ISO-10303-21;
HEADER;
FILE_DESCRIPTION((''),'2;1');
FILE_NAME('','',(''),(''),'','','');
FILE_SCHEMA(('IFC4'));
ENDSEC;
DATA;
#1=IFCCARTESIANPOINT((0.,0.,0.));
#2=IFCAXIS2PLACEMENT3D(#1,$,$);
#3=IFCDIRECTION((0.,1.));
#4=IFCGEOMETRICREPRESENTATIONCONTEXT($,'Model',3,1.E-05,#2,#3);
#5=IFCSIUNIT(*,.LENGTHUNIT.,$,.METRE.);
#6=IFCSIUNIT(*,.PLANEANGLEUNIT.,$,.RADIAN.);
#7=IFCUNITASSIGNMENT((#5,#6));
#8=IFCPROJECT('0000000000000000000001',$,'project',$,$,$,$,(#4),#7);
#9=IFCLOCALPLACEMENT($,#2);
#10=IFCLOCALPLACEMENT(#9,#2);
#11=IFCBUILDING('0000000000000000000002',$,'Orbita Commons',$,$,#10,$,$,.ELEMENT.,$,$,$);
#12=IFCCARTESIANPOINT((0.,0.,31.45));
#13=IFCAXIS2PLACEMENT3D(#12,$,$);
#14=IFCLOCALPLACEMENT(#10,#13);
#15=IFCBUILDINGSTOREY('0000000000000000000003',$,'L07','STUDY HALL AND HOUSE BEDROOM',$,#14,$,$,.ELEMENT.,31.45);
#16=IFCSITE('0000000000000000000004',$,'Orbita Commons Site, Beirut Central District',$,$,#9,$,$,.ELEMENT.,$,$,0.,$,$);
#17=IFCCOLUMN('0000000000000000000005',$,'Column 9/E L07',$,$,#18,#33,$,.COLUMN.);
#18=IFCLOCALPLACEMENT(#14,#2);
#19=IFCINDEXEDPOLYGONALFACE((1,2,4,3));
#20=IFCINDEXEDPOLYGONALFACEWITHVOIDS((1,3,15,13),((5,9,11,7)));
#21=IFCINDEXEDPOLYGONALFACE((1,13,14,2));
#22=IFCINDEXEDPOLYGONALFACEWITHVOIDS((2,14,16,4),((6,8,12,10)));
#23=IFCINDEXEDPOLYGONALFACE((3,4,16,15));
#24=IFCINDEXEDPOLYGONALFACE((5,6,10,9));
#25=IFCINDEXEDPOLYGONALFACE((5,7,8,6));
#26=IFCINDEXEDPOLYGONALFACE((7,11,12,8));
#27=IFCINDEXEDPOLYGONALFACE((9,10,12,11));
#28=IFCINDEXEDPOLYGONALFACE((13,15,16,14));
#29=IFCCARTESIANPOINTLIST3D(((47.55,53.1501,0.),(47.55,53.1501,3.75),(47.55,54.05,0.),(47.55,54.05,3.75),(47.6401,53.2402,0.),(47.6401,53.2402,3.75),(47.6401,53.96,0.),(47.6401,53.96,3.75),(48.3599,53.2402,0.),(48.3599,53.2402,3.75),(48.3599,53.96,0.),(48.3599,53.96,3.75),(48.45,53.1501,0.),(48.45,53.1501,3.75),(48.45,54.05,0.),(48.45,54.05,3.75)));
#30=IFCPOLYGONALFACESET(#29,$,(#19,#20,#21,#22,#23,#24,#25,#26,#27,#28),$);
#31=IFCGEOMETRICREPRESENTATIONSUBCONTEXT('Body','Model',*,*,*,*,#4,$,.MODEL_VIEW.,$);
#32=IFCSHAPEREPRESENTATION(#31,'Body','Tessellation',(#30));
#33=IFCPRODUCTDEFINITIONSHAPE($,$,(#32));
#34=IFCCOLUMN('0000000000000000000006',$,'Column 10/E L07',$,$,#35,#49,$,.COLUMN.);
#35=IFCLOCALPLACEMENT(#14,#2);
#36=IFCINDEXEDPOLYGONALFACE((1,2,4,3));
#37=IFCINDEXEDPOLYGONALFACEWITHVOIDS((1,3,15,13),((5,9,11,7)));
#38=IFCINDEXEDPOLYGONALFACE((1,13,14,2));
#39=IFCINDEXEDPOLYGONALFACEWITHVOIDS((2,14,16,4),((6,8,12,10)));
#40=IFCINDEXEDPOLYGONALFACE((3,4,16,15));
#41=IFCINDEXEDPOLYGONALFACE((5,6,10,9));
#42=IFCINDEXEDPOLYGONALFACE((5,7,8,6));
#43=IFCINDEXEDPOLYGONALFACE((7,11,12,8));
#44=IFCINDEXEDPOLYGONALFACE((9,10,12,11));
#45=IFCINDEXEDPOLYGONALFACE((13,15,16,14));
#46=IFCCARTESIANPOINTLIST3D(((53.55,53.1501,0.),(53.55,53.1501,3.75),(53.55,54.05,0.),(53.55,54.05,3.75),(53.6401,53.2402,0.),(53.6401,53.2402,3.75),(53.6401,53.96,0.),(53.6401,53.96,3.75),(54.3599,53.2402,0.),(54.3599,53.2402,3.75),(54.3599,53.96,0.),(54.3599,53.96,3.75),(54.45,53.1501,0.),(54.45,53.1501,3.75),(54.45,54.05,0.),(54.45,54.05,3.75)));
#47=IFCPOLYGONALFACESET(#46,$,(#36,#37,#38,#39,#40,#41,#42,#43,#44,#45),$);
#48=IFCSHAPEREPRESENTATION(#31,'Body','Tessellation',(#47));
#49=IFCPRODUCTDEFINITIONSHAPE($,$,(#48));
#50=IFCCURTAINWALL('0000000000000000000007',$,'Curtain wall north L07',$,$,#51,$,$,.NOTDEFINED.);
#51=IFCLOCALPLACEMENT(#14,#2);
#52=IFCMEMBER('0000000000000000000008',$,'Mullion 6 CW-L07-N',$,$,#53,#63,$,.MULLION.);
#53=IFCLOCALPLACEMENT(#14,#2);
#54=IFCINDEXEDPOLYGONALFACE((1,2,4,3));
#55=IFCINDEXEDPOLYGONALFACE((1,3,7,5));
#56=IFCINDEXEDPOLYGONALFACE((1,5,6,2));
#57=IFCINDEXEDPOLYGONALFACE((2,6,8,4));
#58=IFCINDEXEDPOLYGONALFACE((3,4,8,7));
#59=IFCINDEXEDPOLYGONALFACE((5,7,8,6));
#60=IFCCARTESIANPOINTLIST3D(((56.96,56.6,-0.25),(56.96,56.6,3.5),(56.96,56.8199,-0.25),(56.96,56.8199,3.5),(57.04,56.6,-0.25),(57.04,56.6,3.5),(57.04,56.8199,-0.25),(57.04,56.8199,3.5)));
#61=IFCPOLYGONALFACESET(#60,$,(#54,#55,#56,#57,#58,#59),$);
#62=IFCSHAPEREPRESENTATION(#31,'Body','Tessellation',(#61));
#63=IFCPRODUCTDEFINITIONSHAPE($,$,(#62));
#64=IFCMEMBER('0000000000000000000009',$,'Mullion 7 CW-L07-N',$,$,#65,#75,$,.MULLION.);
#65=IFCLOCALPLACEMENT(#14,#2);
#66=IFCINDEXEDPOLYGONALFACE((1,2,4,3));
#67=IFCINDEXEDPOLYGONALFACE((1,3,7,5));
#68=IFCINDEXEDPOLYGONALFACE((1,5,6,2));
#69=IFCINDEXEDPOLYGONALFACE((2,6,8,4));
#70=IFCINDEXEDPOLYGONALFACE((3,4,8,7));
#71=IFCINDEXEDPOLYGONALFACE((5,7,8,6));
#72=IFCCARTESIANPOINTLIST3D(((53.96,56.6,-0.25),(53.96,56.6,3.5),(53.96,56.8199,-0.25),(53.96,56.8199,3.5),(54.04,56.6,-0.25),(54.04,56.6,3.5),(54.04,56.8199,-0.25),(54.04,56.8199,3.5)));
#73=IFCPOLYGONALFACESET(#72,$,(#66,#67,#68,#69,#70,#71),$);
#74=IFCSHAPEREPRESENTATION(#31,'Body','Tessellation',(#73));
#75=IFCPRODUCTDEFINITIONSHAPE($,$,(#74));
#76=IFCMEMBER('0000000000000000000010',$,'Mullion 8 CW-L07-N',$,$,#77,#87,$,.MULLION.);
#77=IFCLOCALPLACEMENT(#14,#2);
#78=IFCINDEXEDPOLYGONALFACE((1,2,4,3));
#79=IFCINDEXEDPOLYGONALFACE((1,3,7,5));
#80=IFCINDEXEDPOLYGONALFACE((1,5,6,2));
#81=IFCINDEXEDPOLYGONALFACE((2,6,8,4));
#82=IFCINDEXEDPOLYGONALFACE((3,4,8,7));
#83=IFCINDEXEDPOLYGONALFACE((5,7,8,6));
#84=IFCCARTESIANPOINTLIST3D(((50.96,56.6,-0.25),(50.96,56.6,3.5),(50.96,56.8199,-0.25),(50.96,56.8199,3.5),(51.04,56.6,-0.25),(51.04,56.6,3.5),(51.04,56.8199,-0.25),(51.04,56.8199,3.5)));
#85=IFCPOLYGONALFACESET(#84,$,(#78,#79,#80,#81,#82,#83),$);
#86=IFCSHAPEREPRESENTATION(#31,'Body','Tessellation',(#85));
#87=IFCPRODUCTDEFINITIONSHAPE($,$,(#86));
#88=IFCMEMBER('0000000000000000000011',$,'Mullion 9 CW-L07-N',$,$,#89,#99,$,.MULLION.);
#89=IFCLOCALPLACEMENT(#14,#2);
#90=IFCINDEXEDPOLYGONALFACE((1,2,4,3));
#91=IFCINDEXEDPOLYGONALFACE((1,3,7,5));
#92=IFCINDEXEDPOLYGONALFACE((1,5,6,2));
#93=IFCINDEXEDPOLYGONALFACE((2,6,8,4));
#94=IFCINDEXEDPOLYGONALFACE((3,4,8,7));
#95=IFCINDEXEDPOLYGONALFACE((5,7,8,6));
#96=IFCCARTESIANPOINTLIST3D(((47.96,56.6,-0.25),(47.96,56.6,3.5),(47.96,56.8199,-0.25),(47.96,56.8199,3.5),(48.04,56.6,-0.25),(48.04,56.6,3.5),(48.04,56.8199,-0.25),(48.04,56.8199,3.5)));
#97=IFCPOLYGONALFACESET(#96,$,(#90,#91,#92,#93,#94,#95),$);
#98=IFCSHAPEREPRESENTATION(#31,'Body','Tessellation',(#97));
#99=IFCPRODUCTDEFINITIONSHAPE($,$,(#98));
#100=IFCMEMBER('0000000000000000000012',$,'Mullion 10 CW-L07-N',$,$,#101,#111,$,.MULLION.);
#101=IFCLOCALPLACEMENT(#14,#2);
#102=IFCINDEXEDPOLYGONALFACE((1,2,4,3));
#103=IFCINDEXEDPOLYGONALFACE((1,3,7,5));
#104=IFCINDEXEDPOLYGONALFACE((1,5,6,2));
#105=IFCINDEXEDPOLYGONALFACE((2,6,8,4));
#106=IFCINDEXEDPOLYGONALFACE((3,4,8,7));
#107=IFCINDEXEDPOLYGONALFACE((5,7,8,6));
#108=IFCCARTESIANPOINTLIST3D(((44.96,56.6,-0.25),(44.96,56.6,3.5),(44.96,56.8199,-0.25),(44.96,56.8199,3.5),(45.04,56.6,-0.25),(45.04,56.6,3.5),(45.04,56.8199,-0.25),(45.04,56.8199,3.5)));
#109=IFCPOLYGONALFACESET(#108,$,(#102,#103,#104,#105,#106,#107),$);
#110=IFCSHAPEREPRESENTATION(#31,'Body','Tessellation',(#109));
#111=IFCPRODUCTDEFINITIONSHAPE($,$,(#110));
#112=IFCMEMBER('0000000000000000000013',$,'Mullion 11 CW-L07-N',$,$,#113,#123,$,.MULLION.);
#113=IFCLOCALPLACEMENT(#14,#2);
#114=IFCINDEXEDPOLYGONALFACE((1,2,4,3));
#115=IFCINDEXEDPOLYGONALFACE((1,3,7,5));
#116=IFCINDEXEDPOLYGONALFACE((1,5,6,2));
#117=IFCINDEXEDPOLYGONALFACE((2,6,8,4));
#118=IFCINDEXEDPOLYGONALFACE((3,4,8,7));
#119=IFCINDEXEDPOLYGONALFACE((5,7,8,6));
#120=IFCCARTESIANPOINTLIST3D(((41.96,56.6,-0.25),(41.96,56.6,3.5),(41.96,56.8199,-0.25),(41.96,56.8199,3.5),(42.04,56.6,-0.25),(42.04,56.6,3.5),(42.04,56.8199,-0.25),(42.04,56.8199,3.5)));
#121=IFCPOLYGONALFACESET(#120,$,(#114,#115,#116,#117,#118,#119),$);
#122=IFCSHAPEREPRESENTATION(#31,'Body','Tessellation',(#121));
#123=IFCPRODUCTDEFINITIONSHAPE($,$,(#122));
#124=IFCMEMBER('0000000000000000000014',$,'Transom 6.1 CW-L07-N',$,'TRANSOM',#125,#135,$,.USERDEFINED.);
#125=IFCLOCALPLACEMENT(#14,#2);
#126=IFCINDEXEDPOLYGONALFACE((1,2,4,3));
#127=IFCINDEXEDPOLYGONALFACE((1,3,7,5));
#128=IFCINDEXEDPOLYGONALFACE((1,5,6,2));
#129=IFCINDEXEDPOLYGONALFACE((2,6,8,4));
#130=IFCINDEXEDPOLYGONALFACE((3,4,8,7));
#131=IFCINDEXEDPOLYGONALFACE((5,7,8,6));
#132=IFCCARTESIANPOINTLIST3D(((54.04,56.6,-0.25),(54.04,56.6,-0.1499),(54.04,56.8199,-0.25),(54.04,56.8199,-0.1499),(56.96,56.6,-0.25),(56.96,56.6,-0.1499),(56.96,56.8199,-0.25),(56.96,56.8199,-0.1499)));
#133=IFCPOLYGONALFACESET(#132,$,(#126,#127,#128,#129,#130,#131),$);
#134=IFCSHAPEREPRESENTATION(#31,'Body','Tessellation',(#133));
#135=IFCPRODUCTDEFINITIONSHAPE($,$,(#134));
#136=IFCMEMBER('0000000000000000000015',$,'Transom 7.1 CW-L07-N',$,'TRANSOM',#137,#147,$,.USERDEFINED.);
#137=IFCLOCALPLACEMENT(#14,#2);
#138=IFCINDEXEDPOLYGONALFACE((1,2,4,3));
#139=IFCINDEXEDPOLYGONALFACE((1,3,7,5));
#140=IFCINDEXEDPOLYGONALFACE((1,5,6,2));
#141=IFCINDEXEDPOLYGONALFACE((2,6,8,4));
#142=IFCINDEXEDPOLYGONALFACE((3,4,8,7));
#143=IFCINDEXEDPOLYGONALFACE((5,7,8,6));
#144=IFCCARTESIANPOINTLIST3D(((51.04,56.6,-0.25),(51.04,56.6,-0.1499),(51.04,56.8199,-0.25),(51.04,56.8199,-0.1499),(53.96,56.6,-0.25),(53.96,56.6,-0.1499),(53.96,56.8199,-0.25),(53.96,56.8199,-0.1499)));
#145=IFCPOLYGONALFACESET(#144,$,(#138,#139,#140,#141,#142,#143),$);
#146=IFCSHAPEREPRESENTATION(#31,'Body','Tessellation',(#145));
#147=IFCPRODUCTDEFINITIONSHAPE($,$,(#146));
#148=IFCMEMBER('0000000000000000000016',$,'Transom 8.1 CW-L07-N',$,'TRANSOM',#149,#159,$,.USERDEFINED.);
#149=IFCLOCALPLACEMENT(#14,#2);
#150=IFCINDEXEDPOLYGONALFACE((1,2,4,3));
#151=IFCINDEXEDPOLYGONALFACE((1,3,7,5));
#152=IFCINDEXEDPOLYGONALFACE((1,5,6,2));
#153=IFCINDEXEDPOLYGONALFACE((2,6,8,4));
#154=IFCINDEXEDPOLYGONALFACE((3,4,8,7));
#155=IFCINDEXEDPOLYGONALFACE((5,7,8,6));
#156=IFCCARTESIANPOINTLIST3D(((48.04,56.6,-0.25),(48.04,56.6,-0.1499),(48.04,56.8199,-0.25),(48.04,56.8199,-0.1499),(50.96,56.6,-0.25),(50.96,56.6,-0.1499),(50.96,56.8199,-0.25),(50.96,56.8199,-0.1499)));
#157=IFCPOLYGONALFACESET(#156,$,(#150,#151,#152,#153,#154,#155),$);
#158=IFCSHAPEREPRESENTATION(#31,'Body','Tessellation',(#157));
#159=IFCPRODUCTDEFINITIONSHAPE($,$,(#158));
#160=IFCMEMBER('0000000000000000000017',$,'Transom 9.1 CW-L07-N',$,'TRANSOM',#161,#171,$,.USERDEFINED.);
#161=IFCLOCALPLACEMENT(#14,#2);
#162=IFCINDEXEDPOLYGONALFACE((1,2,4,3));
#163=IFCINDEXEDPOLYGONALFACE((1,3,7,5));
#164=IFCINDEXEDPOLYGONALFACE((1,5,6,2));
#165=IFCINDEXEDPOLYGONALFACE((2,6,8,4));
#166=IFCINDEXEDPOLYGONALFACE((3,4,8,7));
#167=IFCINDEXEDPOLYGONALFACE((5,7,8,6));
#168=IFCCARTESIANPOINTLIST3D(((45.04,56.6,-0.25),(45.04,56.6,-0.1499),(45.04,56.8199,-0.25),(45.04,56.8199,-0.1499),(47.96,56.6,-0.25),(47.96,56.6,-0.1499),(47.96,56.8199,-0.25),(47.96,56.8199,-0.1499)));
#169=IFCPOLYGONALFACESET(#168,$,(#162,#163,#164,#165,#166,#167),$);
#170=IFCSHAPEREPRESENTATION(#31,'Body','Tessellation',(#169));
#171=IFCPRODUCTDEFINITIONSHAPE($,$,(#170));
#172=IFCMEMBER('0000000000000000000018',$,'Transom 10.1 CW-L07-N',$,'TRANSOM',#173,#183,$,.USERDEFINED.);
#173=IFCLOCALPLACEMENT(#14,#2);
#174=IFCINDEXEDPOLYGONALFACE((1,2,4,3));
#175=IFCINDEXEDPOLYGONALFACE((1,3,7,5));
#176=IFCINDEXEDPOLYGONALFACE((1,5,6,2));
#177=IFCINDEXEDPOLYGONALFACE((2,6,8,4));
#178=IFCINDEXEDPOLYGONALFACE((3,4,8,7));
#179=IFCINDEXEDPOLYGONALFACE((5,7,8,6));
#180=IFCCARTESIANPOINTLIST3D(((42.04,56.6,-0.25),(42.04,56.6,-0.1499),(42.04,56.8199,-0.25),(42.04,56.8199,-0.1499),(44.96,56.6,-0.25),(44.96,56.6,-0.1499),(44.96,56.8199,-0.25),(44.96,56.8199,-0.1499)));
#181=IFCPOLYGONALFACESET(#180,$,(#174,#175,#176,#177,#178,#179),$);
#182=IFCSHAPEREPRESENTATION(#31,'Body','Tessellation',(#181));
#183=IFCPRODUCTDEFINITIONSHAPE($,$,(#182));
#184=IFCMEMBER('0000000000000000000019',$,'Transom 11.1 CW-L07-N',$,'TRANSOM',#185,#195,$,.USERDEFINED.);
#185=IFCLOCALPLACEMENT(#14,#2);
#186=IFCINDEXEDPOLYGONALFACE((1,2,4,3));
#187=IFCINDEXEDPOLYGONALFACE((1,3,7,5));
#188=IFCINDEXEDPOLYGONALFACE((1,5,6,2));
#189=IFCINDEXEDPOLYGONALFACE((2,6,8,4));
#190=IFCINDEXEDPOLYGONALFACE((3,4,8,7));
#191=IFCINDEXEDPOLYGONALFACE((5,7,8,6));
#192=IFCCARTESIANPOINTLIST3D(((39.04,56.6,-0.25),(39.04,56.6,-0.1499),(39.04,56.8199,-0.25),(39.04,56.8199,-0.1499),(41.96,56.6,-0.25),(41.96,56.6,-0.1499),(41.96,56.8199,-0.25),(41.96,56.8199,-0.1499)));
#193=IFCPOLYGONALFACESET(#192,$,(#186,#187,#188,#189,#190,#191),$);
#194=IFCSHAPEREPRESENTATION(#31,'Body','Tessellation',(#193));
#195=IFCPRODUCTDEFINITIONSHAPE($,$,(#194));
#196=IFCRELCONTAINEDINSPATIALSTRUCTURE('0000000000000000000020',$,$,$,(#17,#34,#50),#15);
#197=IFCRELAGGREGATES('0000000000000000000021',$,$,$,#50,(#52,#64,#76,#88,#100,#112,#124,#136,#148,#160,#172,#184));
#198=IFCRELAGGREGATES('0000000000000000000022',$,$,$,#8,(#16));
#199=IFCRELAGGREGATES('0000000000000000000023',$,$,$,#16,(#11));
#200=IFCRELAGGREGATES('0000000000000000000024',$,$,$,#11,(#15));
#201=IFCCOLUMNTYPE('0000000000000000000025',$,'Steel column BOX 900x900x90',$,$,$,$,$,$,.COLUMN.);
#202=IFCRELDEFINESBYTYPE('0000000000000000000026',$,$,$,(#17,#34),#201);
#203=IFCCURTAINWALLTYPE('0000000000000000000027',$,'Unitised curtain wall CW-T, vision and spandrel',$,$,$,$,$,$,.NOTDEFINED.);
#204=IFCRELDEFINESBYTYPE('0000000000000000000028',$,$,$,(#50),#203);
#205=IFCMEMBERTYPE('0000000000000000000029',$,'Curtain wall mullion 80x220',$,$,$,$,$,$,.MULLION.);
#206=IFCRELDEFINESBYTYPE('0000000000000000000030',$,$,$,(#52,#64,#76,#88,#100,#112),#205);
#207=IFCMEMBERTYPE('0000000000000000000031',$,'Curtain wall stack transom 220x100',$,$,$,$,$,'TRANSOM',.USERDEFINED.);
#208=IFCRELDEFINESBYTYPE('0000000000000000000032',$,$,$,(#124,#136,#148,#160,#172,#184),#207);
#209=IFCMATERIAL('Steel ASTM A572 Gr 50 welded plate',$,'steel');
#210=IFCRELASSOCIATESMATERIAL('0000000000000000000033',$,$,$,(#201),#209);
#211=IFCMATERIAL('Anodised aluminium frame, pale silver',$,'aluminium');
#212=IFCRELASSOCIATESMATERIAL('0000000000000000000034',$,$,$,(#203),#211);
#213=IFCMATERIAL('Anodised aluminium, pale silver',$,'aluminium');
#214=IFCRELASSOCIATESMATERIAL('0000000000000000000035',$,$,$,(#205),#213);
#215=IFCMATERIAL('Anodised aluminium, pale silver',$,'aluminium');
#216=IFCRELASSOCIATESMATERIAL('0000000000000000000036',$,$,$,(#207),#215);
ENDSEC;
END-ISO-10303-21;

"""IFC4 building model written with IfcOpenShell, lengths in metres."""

from ifc_helpers import new_model, si_unit, direction, frame, origin, origin_2d, place, context, subcontext, project, spatial, rectangle, hollow_rectangle, extrude, material, material_profile, profile_set, type_object, element, aggregate, save


model = new_model("IFC4")

# Units and contexts
model_context = context("Model", 3, precision=1e-05, world=origin(), true_north=direction((0.0, 1.0)))
body_context = subcontext(model_context, "Body", "Model", "MODEL_VIEW")
ifc_project = project(units=[si_unit("LENGTHUNIT", "METRE"), si_unit("PLANEANGLEUNIT", "RADIAN")], contexts=[model_context])

# Site, building, storey
site_placement = place(None, origin())
site = spatial("IfcSite", under=ifc_project, at=site_placement, Name="Orbita Commons Site, Beirut Central District", CompositionType="ELEMENT", RefElevation=0.0)
building_placement = place(site_placement, origin())
building = spatial("IfcBuilding", under=site, at=building_placement, Name="Orbita Commons", CompositionType="ELEMENT")
storey_placement = place(building_placement, frame((0.0, 0.0, 31.45)))
storey = spatial("IfcBuildingStorey", under=building, at=storey_placement, Name="L07", Description="STUDY HALL AND HOUSE BEDROOM", CompositionType="ELEMENT", Elevation=31.45)

# Columns
ifc_material_1 = material(Name="Steel ASTM A572 Gr 50 welded plate", Category="steel")
ifc_material_profile_1 = material_profile(ifc_material_1, hollow_rectangle(XDim=0.8999, YDim=0.8999, WallThickness=0.0901, at=origin_2d()), Name="BOX 900x900x90")
ifc_profile_set_1 = profile_set([ifc_material_profile_1], Name="Steel ASTM A572 Gr 50 welded plate")
column_type = type_object("IfcColumnType", Name="Steel column BOX 900x900x90", PredefinedType="COLUMN", material=ifc_profile_set_1)
for number, where, z_axis, x_axis, name in (
    (1, (48.0, 53.6001, 0.0), (0.0, 0.0, 1.0), (1.0, 0.0, 0.0), "Column 9/E L07"),
    (2, (54.0, 53.6001, 0.0), (0.0, 0.0, 1.0), (1.0, 0.0, 0.0), "Column 10/E L07"),
):
    element("IfcColumn", number, at=place(storey_placement, frame(where, z_axis=z_axis, x_axis=x_axis)), inside=storey, type_object=column_type, Name=name, PredefinedType="COLUMN", context=body_context, shape_type="SweptSolid", body=[
        extrude(hollow_rectangle(XDim=0.8999, YDim=0.8999, WallThickness=0.0901, at=origin_2d()), origin(), (0.0, 0.0, 1.0), 3.75),
    ])

# Curtain wall, members
ifc_material_2 = material(Name="Anodised aluminium frame, pale silver", Category="aluminium")
curtain_wall_type = type_object("IfcCurtainWallType", Name="Unitised curtain wall CW-T, vision and spandrel", PredefinedType="NOTDEFINED", material=ifc_material_2)
curtain_wall_placement = place(storey_placement, origin())
curtain_wall = element("IfcCurtainWall", 3, at=curtain_wall_placement, inside=storey, type_object=curtain_wall_type, Name="Curtain wall north L07", PredefinedType="NOTDEFINED")
ifc_material_3 = material(Name="Anodised aluminium, pale silver", Category="aluminium")
ifc_material_profile_2 = material_profile(ifc_material_3, rectangle(XDim=0.0801, YDim=0.22, at=origin_2d()), Name="AL 80x220")
ifc_profile_set_2 = profile_set([ifc_material_profile_2], Name="Anodised aluminium, pale silver")
member_type_1 = type_object("IfcMemberType", Name="Curtain wall mullion 80x220", PredefinedType="MULLION", material=ifc_profile_set_2)
member_1_placement = place(storey_placement, frame((57.0, 56.71, -0.25), z_axis=(0.0, 0.0, 1.0), x_axis=(-1.0, 0.0, 0.0)))
member_1 = element("IfcMember", 4, at=member_1_placement, type_object=member_type_1, Name="Mullion 6 CW-L07-N", PredefinedType="MULLION", context=body_context, shape_type="SweptSolid", body=[
    extrude(rectangle(XDim=0.0801, YDim=0.22, at=origin_2d()), origin(), (0.0, 0.0, 1.0), 3.75),
])
member_2_placement = place(storey_placement, frame((54.0, 56.71, -0.25), z_axis=(0.0, 0.0, 1.0), x_axis=(-1.0, 0.0, 0.0)))
member_2 = element("IfcMember", 5, at=member_2_placement, type_object=member_type_1, Name="Mullion 7 CW-L07-N", PredefinedType="MULLION", context=body_context, shape_type="SweptSolid", body=[
    extrude(rectangle(XDim=0.0801, YDim=0.22, at=origin_2d()), origin(), (0.0, 0.0, 1.0), 3.75),
])
member_3_placement = place(storey_placement, frame((51.0, 56.71, -0.25), z_axis=(0.0, 0.0, 1.0), x_axis=(-1.0, 0.0, 0.0)))
member_3 = element("IfcMember", 6, at=member_3_placement, type_object=member_type_1, Name="Mullion 8 CW-L07-N", PredefinedType="MULLION", context=body_context, shape_type="SweptSolid", body=[
    extrude(rectangle(XDim=0.0801, YDim=0.22, at=origin_2d()), origin(), (0.0, 0.0, 1.0), 3.75),
])
member_4_placement = place(storey_placement, frame((48.0, 56.71, -0.25), z_axis=(0.0, 0.0, 1.0), x_axis=(-1.0, 0.0, 0.0)))
member_4 = element("IfcMember", 7, at=member_4_placement, type_object=member_type_1, Name="Mullion 9 CW-L07-N", PredefinedType="MULLION", context=body_context, shape_type="SweptSolid", body=[
    extrude(rectangle(XDim=0.0801, YDim=0.22, at=origin_2d()), origin(), (0.0, 0.0, 1.0), 3.75),
])
member_5_placement = place(storey_placement, frame((45.0, 56.71, -0.25), z_axis=(0.0, 0.0, 1.0), x_axis=(-1.0, 0.0, 0.0)))
member_5 = element("IfcMember", 8, at=member_5_placement, type_object=member_type_1, Name="Mullion 10 CW-L07-N", PredefinedType="MULLION", context=body_context, shape_type="SweptSolid", body=[
    extrude(rectangle(XDim=0.0801, YDim=0.22, at=origin_2d()), origin(), (0.0, 0.0, 1.0), 3.75),
])
member_6_placement = place(storey_placement, frame((42.0, 56.71, -0.25), z_axis=(0.0, 0.0, 1.0), x_axis=(-1.0, 0.0, 0.0)))
member_6 = element("IfcMember", 9, at=member_6_placement, type_object=member_type_1, Name="Mullion 11 CW-L07-N", PredefinedType="MULLION", context=body_context, shape_type="SweptSolid", body=[
    extrude(rectangle(XDim=0.0801, YDim=0.22, at=origin_2d()), origin(), (0.0, 0.0, 1.0), 3.75),
])
ifc_material_4 = material(Name="Anodised aluminium, pale silver", Category="aluminium")
ifc_material_profile_3 = material_profile(ifc_material_4, rectangle(XDim=0.22, YDim=0.1001, at=origin_2d()), Name="AL 220x100")
ifc_profile_set_3 = profile_set([ifc_material_profile_3], Name="Anodised aluminium, pale silver")
member_type_2 = type_object("IfcMemberType", Name="Curtain wall stack transom 220x100", ElementType="TRANSOM", PredefinedType="USERDEFINED", material=ifc_profile_set_3)
member_7_placement = place(storey_placement, frame((56.96, 56.71, -0.2), z_axis=(-1.0, 0.0, 0.0), x_axis=(0.0, -1.0, 0.0)))
member_7 = element("IfcMember", 10, at=member_7_placement, type_object=member_type_2, Name="Transom 6.1 CW-L07-N", ObjectType="TRANSOM", PredefinedType="USERDEFINED", context=body_context, shape_type="SweptSolid", body=[
    extrude(rectangle(XDim=0.22, YDim=0.1001, at=origin_2d()), origin(), (0.0, 0.0, 1.0), 2.9199),
])
member_8_placement = place(storey_placement, frame((53.96, 56.71, -0.2), z_axis=(-1.0, 0.0, 0.0), x_axis=(0.0, -1.0, 0.0)))
member_8 = element("IfcMember", 11, at=member_8_placement, type_object=member_type_2, Name="Transom 7.1 CW-L07-N", ObjectType="TRANSOM", PredefinedType="USERDEFINED", context=body_context, shape_type="SweptSolid", body=[
    extrude(rectangle(XDim=0.22, YDim=0.1001, at=origin_2d()), origin(), (0.0, 0.0, 1.0), 2.9199),
])
member_9_placement = place(storey_placement, frame((50.96, 56.71, -0.2), z_axis=(-1.0, 0.0, 0.0), x_axis=(0.0, -1.0, 0.0)))
member_9 = element("IfcMember", 12, at=member_9_placement, type_object=member_type_2, Name="Transom 8.1 CW-L07-N", ObjectType="TRANSOM", PredefinedType="USERDEFINED", context=body_context, shape_type="SweptSolid", body=[
    extrude(rectangle(XDim=0.22, YDim=0.1001, at=origin_2d()), origin(), (0.0, 0.0, 1.0), 2.9199),
])
member_10_placement = place(storey_placement, frame((47.96, 56.71, -0.2), z_axis=(-1.0, 0.0, 0.0), x_axis=(0.0, -1.0, 0.0)))
member_10 = element("IfcMember", 13, at=member_10_placement, type_object=member_type_2, Name="Transom 9.1 CW-L07-N", ObjectType="TRANSOM", PredefinedType="USERDEFINED", context=body_context, shape_type="SweptSolid", body=[
    extrude(rectangle(XDim=0.22, YDim=0.1001, at=origin_2d()), origin(), (0.0, 0.0, 1.0), 2.9199),
])
member_11_placement = place(storey_placement, frame((44.96, 56.71, -0.2), z_axis=(-1.0, 0.0, 0.0), x_axis=(0.0, -1.0, 0.0)))
member_11 = element("IfcMember", 14, at=member_11_placement, type_object=member_type_2, Name="Transom 10.1 CW-L07-N", ObjectType="TRANSOM", PredefinedType="USERDEFINED", context=body_context, shape_type="SweptSolid", body=[
    extrude(rectangle(XDim=0.22, YDim=0.1001, at=origin_2d()), origin(), (0.0, 0.0, 1.0), 2.9199),
])
member_12_placement = place(storey_placement, frame((41.96, 56.71, -0.2), z_axis=(-1.0, 0.0, 0.0), x_axis=(0.0, -1.0, 0.0)))
member_12 = element("IfcMember", 15, at=member_12_placement, type_object=member_type_2, Name="Transom 11.1 CW-L07-N", ObjectType="TRANSOM", PredefinedType="USERDEFINED", context=body_context, shape_type="SweptSolid", body=[
    extrude(rectangle(XDim=0.22, YDim=0.1001, at=origin_2d()), origin(), (0.0, 0.0, 1.0), 2.9199),
])

aggregate(curtain_wall, [member_1, member_2, member_3, member_4, member_5, member_6, member_7, member_8, member_9, member_10, member_11, member_12])

save(model, "model.ifc")
